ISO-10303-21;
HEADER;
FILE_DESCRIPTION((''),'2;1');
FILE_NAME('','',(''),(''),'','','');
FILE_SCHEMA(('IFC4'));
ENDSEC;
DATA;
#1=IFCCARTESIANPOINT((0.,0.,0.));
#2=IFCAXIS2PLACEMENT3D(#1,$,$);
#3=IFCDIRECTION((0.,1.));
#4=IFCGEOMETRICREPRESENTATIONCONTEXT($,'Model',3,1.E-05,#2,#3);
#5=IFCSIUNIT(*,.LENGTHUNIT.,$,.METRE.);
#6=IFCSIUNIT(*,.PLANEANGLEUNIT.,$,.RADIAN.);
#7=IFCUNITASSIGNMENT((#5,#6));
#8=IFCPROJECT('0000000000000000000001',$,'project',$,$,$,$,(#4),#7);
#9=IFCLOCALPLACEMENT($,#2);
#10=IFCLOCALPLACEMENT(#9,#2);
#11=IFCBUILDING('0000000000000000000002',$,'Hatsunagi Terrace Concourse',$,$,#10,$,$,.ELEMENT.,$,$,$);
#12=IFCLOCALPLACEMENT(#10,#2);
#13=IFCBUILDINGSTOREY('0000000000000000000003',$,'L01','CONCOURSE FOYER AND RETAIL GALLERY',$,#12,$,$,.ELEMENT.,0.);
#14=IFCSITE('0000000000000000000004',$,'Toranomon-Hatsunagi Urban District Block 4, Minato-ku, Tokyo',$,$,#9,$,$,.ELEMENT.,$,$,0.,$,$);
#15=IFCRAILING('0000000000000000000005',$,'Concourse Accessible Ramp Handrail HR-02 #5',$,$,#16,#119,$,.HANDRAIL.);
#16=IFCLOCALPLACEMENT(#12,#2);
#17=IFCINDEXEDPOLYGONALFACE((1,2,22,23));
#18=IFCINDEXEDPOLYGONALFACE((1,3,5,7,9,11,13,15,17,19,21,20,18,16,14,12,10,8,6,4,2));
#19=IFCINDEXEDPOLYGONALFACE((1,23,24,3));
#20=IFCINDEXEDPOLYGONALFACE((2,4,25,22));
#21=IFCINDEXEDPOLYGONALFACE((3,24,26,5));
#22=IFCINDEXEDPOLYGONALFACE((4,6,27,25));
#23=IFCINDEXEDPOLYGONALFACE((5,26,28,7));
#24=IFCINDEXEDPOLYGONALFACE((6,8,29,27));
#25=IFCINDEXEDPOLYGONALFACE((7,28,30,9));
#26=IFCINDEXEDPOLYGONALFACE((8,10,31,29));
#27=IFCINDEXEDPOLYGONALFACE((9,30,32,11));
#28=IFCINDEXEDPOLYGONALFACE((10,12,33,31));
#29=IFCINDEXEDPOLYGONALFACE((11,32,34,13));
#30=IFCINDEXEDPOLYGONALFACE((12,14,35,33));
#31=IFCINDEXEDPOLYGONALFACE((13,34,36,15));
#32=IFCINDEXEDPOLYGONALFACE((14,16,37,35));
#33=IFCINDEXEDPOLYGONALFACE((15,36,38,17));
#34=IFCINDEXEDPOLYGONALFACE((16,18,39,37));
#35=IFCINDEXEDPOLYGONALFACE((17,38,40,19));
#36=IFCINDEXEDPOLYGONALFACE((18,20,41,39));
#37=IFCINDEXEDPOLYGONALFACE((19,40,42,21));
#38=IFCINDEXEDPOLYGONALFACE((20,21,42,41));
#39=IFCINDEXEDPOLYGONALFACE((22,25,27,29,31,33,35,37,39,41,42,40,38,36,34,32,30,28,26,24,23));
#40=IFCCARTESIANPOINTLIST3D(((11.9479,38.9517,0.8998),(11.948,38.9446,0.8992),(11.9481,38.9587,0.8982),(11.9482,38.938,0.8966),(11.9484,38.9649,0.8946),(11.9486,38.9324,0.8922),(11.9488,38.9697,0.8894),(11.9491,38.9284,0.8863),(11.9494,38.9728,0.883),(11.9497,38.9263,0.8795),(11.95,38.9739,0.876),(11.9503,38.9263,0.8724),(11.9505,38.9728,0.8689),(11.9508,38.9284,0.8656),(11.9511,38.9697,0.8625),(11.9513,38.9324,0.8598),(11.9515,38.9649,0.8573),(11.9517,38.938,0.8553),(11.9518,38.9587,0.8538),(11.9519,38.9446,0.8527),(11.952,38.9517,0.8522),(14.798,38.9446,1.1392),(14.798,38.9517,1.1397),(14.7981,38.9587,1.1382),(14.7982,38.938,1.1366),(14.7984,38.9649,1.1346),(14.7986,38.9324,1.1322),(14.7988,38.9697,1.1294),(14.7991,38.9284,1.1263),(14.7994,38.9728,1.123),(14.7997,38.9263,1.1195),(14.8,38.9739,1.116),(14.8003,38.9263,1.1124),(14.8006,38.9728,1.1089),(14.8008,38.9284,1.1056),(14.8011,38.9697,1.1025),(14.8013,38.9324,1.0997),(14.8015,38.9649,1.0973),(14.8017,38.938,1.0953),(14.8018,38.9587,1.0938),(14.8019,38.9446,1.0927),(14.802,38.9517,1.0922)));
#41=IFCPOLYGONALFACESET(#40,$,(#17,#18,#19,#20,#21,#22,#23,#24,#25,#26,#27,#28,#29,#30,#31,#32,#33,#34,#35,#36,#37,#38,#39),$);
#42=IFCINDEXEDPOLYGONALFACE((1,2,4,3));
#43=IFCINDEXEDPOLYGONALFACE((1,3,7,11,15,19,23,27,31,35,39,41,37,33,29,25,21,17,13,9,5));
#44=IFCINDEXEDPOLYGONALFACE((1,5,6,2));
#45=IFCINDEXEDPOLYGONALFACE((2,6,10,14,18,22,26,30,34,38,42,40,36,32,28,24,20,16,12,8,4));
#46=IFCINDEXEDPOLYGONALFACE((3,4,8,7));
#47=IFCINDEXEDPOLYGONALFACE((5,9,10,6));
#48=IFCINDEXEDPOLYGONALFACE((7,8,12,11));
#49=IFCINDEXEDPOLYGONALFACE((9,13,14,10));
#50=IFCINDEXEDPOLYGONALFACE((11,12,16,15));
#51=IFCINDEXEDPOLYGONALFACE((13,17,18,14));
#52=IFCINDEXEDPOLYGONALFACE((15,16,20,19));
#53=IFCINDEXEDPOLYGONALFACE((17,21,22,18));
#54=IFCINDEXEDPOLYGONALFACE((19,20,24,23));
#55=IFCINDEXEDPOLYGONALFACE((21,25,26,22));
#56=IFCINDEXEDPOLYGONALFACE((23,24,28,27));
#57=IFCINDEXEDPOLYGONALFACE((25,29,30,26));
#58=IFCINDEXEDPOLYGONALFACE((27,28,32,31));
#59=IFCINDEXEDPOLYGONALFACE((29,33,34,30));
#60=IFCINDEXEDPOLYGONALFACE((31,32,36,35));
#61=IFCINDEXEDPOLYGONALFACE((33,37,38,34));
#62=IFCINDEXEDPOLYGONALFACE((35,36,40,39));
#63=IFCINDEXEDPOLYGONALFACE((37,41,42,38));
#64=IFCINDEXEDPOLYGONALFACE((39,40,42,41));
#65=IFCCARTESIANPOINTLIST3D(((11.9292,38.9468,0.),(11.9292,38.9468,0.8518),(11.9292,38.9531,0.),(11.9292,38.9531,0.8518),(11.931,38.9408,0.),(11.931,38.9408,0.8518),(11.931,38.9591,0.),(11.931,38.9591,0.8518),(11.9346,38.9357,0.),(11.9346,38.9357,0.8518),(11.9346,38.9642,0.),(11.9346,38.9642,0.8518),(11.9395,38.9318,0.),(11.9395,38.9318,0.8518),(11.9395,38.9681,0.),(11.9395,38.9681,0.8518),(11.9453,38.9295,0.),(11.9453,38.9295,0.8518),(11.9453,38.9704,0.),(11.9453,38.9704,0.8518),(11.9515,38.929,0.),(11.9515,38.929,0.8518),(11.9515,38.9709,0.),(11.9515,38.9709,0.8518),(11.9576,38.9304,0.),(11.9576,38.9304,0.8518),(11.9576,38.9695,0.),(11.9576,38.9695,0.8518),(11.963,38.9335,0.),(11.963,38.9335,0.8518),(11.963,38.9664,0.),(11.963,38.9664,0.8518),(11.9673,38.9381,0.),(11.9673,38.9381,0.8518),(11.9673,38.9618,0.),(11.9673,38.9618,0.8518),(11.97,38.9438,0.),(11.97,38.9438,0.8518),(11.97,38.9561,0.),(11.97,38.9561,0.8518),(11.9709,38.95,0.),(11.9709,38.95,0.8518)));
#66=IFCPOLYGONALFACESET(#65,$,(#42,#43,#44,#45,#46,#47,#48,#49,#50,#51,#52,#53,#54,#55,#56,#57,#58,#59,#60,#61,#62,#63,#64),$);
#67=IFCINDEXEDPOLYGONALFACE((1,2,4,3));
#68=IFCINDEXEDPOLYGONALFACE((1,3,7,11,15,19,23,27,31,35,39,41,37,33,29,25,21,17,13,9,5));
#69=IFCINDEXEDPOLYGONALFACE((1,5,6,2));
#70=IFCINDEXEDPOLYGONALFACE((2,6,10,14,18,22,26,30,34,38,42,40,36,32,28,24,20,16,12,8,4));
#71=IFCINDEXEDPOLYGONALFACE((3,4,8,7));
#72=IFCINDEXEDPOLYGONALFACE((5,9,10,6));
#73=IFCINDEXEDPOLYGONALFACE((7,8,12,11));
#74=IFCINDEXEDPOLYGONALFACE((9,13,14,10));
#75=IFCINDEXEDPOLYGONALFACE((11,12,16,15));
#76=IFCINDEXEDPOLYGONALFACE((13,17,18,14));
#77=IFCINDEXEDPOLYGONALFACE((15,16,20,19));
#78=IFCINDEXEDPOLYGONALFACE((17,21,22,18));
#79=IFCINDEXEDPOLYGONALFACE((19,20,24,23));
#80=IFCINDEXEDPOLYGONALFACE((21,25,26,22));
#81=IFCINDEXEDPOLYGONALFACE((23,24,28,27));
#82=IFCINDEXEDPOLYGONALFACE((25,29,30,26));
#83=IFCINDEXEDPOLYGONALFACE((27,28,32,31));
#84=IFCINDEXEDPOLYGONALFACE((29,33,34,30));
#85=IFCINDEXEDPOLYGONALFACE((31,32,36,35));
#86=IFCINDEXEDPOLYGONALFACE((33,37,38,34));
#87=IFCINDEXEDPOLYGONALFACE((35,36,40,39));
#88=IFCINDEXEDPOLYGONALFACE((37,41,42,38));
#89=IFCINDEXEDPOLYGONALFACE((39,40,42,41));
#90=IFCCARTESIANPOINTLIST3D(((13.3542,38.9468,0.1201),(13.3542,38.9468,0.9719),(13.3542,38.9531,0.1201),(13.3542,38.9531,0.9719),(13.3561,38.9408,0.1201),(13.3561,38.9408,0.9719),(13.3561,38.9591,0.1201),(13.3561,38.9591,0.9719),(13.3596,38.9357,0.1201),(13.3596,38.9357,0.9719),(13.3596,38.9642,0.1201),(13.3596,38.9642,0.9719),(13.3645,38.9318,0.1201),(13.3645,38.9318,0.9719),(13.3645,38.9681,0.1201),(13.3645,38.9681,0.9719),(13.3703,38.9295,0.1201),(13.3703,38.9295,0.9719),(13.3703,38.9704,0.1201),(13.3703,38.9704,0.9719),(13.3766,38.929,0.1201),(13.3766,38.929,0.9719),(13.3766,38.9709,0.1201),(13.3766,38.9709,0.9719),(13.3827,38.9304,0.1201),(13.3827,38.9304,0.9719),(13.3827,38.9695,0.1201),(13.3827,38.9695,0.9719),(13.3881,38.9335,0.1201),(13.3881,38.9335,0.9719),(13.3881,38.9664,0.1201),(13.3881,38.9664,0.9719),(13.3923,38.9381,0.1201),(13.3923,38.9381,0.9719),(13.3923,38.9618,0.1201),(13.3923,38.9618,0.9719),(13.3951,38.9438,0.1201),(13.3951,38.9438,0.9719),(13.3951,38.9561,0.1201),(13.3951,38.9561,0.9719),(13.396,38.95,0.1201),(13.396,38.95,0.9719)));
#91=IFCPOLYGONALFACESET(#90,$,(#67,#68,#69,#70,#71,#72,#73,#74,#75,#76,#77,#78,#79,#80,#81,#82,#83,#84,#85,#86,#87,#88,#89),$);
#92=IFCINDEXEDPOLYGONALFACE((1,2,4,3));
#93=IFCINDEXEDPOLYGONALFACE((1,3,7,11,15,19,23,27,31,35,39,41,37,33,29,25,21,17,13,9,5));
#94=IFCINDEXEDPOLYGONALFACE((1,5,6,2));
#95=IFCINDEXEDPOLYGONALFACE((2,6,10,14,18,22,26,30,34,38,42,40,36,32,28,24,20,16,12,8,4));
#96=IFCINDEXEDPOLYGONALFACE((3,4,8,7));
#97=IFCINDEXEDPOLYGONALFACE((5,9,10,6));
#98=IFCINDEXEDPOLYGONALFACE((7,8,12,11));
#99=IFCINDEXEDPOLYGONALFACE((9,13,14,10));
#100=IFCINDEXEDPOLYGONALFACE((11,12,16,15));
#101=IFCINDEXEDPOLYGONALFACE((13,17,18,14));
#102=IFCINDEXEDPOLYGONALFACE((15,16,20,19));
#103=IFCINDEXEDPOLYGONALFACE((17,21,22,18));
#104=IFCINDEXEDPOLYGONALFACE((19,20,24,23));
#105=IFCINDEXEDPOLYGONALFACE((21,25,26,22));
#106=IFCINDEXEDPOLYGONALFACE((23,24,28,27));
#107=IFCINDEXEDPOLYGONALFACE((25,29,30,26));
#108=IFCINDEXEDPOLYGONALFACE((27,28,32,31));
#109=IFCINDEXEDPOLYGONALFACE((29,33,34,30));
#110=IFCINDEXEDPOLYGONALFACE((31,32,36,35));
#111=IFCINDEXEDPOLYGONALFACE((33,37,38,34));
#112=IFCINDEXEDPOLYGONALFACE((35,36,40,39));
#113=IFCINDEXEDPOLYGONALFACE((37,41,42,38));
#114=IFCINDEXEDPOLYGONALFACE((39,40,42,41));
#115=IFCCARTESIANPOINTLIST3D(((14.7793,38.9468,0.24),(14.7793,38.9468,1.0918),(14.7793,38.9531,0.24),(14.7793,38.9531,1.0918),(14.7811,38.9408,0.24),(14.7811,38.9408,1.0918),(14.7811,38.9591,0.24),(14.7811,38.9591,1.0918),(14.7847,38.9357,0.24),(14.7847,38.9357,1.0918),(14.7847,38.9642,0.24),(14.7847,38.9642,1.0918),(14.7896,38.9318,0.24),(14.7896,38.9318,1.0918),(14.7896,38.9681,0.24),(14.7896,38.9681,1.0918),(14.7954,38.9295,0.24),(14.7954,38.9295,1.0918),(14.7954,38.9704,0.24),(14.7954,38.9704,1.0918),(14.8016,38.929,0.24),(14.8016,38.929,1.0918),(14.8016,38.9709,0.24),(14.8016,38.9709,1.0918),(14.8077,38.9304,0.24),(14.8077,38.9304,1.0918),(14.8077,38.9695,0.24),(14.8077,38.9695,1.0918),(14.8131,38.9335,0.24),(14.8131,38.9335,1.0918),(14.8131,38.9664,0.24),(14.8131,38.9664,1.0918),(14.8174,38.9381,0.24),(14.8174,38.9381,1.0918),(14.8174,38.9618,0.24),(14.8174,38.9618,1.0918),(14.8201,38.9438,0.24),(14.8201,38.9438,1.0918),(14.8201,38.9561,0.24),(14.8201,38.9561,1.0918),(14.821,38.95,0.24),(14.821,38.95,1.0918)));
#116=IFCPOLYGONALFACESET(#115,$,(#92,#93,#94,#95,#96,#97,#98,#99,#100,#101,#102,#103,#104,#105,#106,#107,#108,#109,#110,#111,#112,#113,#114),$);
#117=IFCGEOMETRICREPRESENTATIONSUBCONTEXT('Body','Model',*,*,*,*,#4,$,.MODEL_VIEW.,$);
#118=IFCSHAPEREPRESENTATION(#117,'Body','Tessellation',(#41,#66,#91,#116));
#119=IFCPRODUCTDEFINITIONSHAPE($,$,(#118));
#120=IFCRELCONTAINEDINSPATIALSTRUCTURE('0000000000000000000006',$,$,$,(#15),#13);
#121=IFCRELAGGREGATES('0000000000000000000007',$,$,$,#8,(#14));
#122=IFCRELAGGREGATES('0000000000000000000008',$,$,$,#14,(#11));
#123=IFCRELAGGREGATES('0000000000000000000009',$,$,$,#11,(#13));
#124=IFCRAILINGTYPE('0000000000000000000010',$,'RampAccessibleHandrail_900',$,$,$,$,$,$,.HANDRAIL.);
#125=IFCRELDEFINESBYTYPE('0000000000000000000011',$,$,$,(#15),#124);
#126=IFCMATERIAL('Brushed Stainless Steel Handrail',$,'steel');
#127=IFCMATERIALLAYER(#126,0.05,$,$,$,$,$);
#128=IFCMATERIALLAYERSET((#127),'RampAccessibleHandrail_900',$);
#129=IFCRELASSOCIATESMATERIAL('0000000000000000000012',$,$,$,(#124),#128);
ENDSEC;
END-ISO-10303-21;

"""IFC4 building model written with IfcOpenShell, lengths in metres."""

from ifc_helpers import new_model, si_unit, direction, frame, origin, origin_2d, place, context, subcontext, project, spatial, circle, extrude, material, layer, layer_set, type_object, element, save


model = new_model("IFC4")

# Units and contexts
model_context = context("Model", 3, precision=1e-05, world=origin(), true_north=direction((0.0, 1.0)))
body_context = subcontext(model_context, "Body", "Model", "MODEL_VIEW")
ifc_project = project(units=[si_unit("LENGTHUNIT", "METRE"), si_unit("PLANEANGLEUNIT", "RADIAN")], contexts=[model_context])

# Site, building, storey
site_placement = place(None, origin())
site = spatial("IfcSite", under=ifc_project, at=site_placement, Name="Toranomon-Hatsunagi Urban District Block 4, Minato-ku, Tokyo", CompositionType="ELEMENT", RefElevation=0.0)
building_placement = place(site_placement, origin())
building = spatial("IfcBuilding", under=site, at=building_placement, Name="Hatsunagi Terrace Concourse", CompositionType="ELEMENT")
storey_placement = place(building_placement, origin())
storey = spatial("IfcBuildingStorey", under=building, at=storey_placement, Name="L01", Description="CONCOURSE FOYER AND RETAIL GALLERY", CompositionType="ELEMENT", Elevation=0.0)

# Railing
ifc_material_1 = material(Name="Brushed Stainless Steel Handrail", Category="steel")
ifc_layer_1 = layer(ifc_material_1, 0.05)
ifc_layer_set_1 = layer_set([ifc_layer_1], Name="RampAccessibleHandrail_900")
railing_type_1 = type_object("IfcRailingType", Name="RampAccessibleHandrail_900", PredefinedType="HANDRAIL", material=ifc_layer_set_1)
for number, where, name in (
    (1, (11.95, 38.95, 0.0), "Concourse Accessible Ramp Handrail HR-02 #5"),
):
    element("IfcRailing", number, at=place(storey_placement, frame(where)), inside=storey, type_object=railing_type_1, Name=name, PredefinedType="HANDRAIL", context=body_context, shape_type="SweptSolid", body=[
        extrude(circle(Radius=0.0239, at=origin_2d()), frame((0.0, 0.0, 0.876), z_axis=(0.996474, 0.0, 0.083907), x_axis=(0.0, 1.0, 0.0)), (0.0, 0.0, 1.0), 2.8601),
        extrude(circle(Radius=0.021, at=origin_2d()), origin(), (0.0, 0.0, 1.0), 0.8518),
        extrude(circle(Radius=0.021, at=origin_2d()), frame((1.425, 0.0, 0.1201)), (0.0, 0.0, 1.0), 0.8518),
        extrude(circle(Radius=0.021, at=origin_2d()), frame((2.8501, 0.0, 0.24)), (0.0, 0.0, 1.0), 0.8518),
    ])

save(model, "model.ifc")
